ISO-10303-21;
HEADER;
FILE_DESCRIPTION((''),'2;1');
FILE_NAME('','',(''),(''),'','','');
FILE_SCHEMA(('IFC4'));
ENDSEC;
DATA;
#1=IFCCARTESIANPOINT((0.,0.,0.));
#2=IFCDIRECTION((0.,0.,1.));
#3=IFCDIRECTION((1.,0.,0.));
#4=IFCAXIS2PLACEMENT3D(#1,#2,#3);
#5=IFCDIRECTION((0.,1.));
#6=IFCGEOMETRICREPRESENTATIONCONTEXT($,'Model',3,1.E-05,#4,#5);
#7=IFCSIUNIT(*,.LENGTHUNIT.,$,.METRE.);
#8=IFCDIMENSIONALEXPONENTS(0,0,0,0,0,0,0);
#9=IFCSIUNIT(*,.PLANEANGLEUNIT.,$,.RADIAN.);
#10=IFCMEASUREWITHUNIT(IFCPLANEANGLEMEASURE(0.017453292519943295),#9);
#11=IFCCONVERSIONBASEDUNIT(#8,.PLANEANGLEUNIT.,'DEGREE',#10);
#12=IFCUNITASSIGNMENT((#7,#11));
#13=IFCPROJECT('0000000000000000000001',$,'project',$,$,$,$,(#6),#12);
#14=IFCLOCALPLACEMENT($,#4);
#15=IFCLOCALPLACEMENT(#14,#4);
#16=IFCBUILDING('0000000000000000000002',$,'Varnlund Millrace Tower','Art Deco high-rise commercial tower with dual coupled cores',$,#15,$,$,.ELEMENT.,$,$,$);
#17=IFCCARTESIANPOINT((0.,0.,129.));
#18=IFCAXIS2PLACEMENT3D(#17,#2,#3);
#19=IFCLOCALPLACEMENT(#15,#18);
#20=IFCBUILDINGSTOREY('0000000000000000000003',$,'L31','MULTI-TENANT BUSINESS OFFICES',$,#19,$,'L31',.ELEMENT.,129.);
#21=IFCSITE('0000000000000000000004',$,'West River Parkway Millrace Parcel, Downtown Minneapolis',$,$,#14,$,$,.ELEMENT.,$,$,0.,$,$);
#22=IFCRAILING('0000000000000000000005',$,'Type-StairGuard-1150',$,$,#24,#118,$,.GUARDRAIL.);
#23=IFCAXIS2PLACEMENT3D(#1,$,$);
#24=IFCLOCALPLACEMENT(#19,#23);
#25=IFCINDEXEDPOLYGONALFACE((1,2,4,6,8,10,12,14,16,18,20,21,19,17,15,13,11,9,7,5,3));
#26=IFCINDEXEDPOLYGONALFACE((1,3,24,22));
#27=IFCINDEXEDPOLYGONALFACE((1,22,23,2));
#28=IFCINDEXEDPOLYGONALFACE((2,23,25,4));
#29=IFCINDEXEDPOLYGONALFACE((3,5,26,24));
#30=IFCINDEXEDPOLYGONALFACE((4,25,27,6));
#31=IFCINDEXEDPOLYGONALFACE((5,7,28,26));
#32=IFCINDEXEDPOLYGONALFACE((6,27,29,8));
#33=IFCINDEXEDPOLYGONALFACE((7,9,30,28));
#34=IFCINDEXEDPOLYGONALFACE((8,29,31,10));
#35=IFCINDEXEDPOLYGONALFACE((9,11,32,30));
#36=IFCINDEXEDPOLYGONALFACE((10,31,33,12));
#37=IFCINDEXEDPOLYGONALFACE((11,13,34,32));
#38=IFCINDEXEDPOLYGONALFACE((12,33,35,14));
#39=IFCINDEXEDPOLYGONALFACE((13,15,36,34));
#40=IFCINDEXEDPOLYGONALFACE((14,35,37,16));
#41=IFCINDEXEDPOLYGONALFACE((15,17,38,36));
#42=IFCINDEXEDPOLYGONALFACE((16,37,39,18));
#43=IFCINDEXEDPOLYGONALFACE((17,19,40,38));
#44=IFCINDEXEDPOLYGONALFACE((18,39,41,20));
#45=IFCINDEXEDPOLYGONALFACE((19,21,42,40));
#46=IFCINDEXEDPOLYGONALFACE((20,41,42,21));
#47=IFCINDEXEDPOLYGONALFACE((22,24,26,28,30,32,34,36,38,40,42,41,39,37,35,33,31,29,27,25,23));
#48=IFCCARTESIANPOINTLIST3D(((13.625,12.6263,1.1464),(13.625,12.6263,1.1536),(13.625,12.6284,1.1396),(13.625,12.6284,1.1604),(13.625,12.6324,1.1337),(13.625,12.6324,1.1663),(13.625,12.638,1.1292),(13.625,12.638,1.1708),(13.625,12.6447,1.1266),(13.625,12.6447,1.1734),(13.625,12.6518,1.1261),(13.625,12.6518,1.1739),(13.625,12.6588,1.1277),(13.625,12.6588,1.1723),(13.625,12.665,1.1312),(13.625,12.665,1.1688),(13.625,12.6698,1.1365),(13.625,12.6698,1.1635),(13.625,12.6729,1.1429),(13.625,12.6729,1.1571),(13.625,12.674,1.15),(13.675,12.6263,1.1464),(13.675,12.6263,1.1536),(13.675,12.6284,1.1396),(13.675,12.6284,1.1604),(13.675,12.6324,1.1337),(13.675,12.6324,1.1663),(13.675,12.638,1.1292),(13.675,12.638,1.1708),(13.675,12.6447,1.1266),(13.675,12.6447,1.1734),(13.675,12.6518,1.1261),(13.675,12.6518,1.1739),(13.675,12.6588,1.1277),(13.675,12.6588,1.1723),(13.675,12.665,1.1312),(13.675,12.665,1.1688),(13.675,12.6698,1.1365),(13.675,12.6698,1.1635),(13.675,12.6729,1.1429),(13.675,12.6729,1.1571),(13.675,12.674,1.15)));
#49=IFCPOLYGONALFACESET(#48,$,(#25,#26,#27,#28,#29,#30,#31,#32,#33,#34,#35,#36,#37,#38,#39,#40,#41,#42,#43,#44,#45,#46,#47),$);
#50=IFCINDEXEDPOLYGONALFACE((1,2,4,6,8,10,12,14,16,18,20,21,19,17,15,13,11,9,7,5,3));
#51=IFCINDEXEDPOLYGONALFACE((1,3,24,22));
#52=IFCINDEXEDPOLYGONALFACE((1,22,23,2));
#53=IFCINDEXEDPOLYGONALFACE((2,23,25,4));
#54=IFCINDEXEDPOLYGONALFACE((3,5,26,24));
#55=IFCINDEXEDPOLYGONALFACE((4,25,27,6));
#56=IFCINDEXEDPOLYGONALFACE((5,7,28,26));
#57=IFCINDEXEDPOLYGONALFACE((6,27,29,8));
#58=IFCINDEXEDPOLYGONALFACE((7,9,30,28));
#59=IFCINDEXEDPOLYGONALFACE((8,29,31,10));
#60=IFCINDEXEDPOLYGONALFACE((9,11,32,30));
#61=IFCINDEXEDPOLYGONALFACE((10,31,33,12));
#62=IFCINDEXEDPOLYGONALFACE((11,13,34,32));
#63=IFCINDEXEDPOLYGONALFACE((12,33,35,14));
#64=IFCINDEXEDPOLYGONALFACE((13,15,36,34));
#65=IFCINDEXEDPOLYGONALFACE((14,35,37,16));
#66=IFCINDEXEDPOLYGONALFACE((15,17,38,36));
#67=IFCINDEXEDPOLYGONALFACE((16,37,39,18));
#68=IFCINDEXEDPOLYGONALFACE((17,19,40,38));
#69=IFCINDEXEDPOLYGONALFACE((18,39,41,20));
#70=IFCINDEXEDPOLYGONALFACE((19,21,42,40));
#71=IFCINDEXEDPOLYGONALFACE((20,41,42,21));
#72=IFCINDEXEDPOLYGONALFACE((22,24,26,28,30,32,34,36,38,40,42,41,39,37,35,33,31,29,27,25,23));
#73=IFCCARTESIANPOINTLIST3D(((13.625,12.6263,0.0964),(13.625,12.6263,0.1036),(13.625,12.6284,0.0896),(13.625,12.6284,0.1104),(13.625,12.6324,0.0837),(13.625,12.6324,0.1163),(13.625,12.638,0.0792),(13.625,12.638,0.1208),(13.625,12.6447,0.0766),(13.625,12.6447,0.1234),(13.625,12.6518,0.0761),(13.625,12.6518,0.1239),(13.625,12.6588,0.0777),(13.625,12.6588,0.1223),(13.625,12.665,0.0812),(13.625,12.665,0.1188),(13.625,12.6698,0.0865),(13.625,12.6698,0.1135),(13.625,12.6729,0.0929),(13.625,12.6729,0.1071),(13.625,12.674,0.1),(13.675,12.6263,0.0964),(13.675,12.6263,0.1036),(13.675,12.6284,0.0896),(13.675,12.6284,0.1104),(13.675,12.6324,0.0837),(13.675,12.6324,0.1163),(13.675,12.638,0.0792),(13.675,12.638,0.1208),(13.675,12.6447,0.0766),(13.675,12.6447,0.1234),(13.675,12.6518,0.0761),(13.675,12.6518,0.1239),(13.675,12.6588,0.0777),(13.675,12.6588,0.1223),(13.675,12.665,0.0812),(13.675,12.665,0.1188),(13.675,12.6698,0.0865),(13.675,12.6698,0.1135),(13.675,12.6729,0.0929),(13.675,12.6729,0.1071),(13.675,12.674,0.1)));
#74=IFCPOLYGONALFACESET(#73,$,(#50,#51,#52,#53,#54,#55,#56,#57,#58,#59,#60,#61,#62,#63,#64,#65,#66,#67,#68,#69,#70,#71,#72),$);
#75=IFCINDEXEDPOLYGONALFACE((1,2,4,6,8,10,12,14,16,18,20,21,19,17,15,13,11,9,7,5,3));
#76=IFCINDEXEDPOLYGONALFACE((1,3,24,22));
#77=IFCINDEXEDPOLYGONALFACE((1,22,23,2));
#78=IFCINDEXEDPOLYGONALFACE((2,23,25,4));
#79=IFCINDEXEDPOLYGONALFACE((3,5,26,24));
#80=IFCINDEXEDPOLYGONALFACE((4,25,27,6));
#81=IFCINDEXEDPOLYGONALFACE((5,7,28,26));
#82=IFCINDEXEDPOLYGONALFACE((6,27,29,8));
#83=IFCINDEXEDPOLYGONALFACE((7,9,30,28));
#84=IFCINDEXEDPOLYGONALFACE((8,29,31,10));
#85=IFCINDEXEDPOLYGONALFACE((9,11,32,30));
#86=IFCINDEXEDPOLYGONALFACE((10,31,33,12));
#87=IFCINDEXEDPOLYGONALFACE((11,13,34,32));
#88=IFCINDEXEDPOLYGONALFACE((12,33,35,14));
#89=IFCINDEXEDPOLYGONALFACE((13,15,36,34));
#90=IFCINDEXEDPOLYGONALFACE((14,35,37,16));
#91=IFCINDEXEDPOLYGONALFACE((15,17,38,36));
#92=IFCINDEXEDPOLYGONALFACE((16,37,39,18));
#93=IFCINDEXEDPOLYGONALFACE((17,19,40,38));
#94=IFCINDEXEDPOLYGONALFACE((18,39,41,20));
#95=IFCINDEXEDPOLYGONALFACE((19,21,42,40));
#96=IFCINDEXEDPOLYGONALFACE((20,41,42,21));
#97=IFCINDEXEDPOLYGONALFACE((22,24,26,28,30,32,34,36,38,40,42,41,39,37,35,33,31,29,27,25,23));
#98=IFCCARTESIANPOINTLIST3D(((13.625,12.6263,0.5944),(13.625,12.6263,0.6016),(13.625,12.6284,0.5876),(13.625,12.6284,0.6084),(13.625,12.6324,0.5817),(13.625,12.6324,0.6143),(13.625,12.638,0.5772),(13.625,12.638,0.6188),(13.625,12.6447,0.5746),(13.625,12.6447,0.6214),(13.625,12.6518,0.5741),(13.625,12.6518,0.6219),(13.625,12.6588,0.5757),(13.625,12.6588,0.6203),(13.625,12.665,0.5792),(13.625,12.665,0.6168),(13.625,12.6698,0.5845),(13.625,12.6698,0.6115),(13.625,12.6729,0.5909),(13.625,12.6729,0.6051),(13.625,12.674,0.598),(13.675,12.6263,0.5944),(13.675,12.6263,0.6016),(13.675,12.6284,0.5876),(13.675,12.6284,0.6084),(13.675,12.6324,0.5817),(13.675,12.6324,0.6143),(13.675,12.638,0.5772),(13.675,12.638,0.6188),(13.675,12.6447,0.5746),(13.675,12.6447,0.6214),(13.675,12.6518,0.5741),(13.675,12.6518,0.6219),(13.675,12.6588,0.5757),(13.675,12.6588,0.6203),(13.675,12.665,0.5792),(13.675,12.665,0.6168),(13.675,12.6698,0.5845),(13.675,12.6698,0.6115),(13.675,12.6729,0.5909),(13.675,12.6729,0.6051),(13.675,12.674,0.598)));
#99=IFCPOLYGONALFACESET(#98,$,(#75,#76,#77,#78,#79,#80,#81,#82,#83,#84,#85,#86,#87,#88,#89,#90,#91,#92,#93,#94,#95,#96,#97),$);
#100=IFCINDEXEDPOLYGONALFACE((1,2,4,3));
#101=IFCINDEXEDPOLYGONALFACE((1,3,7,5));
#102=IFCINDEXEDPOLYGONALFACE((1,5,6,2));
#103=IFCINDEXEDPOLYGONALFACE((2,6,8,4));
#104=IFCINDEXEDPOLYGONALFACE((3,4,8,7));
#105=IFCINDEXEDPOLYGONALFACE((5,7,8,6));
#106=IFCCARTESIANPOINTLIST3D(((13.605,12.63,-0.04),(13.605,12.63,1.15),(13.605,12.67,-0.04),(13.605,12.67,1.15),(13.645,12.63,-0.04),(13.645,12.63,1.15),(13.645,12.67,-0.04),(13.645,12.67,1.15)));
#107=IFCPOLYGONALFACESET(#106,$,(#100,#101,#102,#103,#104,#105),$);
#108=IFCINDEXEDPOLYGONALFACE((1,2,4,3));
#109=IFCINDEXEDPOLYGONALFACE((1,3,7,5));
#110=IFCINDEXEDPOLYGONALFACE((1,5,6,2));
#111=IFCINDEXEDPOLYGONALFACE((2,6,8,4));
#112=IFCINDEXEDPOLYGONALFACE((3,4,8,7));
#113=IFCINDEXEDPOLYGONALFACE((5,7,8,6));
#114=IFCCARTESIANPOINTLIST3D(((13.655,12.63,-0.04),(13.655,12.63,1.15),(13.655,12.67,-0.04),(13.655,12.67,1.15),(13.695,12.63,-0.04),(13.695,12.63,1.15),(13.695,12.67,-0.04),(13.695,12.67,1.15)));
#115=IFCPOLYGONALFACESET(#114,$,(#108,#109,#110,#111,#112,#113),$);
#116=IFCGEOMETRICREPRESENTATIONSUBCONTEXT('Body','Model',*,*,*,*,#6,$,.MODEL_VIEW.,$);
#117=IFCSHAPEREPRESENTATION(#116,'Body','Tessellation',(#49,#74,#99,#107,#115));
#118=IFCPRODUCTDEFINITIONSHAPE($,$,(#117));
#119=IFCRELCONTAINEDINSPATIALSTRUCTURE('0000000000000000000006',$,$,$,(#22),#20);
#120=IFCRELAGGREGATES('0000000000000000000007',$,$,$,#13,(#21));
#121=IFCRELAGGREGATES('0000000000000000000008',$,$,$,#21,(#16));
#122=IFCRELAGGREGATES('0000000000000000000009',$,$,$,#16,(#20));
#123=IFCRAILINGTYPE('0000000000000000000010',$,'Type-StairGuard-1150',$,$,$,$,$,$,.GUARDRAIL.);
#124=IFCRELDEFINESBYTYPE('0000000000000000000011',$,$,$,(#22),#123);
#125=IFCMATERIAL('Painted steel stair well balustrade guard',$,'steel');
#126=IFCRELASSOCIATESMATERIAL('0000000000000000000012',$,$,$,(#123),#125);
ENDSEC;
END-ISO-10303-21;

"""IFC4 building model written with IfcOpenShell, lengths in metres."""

from ifc_helpers import new_model, entity, si_unit, converted_unit, direction, frame, origin_with_axes, origin_2d_with_axis, place, context, subcontext, project, spatial, rectangle, circle, extrude, material, type_object, element, save


model = new_model("IFC4")

# Units and contexts
model_context = context("Model", 3, precision=1e-05, world=origin_with_axes(), true_north=direction((0.0, 1.0)))
body_context = subcontext(model_context, "Body", "Model", "MODEL_VIEW")
ifc_project = project(units=[si_unit("LENGTHUNIT", "METRE"), converted_unit("PLANEANGLEUNIT", "DEGREE", entity("IfcPlaneAngleMeasure", 0.017453292519943295), si_unit("PLANEANGLEUNIT", "RADIAN"), dimensions=[0, 0, 0, 0, 0, 0, 0])], contexts=[model_context])

# Site, building, storey
site_placement = place(None, origin_with_axes())
site = spatial("IfcSite", under=ifc_project, at=site_placement, Name="West River Parkway Millrace Parcel, Downtown Minneapolis", CompositionType="ELEMENT", RefElevation=0.0)
building_placement = place(site_placement, origin_with_axes())
building = spatial("IfcBuilding", under=site, at=building_placement, Name="Varnlund Millrace Tower", Description="Art Deco high-rise commercial tower with dual coupled cores", CompositionType="ELEMENT")
storey_placement = place(building_placement, frame((0.0, 0.0, 129.0), z_axis=(0.0, 0.0, 1.0), x_axis=(1.0, 0.0, 0.0)))
storey = spatial("IfcBuildingStorey", under=building, at=storey_placement, Name="L31", Description="MULTI-TENANT BUSINESS OFFICES", LongName="L31", CompositionType="ELEMENT", Elevation=129.0)

# Railing
ifc_material_1 = material(Name="Painted steel stair well balustrade guard", Category="steel")
railing_type_1 = type_object("IfcRailingType", Name="Type-StairGuard-1150", PredefinedType="GUARDRAIL", material=ifc_material_1)
railing_1_placement = place(storey_placement, frame((0.0, 0.0, -129.0), z_axis=(0.0, 0.0, 1.0), x_axis=(1.0, 0.0, 0.0)))
element("IfcRailing", 1, at=railing_1_placement, inside=storey, type_object=railing_type_1, Name="Type-StairGuard-1150", PredefinedType="GUARDRAIL", context=body_context, shape_type="SweptSolid", body=[
    extrude(circle(Radius=0.024, at=origin_2d_with_axis()), frame((13.625, 12.65, 130.15), z_axis=(1.0, 0.0, 0.0), x_axis=(0.0, 1.0, 0.0)), (0.0, 0.0, 1.0), 0.05),
    extrude(circle(Radius=0.024, at=origin_2d_with_axis()), frame((13.625, 12.65, 129.1), z_axis=(1.0, 0.0, 0.0), x_axis=(0.0, 1.0, 0.0)), (0.0, 0.0, 1.0), 0.05),
    extrude(circle(Radius=0.024, at=origin_2d_with_axis()), frame((13.625, 12.65, 129.598), z_axis=(1.0, 0.0, 0.0), x_axis=(0.0, 1.0, 0.0)), (0.0, 0.0, 1.0), 0.05),
    extrude(rectangle(XDim=0.04, YDim=0.04, at=origin_2d_with_axis()), frame((13.625, 12.65, 128.96), z_axis=(0.0, 0.0, 1.0), x_axis=(1.0, 0.0, 0.0)), (0.0, 0.0, 1.0), 1.19),
    extrude(rectangle(XDim=0.04, YDim=0.04, at=origin_2d_with_axis()), frame((13.675, 12.65, 128.96), z_axis=(0.0, 0.0, 1.0), x_axis=(1.0, 0.0, 0.0)), (0.0, 0.0, 1.0), 1.19),
])

save(model, "model.ifc")
